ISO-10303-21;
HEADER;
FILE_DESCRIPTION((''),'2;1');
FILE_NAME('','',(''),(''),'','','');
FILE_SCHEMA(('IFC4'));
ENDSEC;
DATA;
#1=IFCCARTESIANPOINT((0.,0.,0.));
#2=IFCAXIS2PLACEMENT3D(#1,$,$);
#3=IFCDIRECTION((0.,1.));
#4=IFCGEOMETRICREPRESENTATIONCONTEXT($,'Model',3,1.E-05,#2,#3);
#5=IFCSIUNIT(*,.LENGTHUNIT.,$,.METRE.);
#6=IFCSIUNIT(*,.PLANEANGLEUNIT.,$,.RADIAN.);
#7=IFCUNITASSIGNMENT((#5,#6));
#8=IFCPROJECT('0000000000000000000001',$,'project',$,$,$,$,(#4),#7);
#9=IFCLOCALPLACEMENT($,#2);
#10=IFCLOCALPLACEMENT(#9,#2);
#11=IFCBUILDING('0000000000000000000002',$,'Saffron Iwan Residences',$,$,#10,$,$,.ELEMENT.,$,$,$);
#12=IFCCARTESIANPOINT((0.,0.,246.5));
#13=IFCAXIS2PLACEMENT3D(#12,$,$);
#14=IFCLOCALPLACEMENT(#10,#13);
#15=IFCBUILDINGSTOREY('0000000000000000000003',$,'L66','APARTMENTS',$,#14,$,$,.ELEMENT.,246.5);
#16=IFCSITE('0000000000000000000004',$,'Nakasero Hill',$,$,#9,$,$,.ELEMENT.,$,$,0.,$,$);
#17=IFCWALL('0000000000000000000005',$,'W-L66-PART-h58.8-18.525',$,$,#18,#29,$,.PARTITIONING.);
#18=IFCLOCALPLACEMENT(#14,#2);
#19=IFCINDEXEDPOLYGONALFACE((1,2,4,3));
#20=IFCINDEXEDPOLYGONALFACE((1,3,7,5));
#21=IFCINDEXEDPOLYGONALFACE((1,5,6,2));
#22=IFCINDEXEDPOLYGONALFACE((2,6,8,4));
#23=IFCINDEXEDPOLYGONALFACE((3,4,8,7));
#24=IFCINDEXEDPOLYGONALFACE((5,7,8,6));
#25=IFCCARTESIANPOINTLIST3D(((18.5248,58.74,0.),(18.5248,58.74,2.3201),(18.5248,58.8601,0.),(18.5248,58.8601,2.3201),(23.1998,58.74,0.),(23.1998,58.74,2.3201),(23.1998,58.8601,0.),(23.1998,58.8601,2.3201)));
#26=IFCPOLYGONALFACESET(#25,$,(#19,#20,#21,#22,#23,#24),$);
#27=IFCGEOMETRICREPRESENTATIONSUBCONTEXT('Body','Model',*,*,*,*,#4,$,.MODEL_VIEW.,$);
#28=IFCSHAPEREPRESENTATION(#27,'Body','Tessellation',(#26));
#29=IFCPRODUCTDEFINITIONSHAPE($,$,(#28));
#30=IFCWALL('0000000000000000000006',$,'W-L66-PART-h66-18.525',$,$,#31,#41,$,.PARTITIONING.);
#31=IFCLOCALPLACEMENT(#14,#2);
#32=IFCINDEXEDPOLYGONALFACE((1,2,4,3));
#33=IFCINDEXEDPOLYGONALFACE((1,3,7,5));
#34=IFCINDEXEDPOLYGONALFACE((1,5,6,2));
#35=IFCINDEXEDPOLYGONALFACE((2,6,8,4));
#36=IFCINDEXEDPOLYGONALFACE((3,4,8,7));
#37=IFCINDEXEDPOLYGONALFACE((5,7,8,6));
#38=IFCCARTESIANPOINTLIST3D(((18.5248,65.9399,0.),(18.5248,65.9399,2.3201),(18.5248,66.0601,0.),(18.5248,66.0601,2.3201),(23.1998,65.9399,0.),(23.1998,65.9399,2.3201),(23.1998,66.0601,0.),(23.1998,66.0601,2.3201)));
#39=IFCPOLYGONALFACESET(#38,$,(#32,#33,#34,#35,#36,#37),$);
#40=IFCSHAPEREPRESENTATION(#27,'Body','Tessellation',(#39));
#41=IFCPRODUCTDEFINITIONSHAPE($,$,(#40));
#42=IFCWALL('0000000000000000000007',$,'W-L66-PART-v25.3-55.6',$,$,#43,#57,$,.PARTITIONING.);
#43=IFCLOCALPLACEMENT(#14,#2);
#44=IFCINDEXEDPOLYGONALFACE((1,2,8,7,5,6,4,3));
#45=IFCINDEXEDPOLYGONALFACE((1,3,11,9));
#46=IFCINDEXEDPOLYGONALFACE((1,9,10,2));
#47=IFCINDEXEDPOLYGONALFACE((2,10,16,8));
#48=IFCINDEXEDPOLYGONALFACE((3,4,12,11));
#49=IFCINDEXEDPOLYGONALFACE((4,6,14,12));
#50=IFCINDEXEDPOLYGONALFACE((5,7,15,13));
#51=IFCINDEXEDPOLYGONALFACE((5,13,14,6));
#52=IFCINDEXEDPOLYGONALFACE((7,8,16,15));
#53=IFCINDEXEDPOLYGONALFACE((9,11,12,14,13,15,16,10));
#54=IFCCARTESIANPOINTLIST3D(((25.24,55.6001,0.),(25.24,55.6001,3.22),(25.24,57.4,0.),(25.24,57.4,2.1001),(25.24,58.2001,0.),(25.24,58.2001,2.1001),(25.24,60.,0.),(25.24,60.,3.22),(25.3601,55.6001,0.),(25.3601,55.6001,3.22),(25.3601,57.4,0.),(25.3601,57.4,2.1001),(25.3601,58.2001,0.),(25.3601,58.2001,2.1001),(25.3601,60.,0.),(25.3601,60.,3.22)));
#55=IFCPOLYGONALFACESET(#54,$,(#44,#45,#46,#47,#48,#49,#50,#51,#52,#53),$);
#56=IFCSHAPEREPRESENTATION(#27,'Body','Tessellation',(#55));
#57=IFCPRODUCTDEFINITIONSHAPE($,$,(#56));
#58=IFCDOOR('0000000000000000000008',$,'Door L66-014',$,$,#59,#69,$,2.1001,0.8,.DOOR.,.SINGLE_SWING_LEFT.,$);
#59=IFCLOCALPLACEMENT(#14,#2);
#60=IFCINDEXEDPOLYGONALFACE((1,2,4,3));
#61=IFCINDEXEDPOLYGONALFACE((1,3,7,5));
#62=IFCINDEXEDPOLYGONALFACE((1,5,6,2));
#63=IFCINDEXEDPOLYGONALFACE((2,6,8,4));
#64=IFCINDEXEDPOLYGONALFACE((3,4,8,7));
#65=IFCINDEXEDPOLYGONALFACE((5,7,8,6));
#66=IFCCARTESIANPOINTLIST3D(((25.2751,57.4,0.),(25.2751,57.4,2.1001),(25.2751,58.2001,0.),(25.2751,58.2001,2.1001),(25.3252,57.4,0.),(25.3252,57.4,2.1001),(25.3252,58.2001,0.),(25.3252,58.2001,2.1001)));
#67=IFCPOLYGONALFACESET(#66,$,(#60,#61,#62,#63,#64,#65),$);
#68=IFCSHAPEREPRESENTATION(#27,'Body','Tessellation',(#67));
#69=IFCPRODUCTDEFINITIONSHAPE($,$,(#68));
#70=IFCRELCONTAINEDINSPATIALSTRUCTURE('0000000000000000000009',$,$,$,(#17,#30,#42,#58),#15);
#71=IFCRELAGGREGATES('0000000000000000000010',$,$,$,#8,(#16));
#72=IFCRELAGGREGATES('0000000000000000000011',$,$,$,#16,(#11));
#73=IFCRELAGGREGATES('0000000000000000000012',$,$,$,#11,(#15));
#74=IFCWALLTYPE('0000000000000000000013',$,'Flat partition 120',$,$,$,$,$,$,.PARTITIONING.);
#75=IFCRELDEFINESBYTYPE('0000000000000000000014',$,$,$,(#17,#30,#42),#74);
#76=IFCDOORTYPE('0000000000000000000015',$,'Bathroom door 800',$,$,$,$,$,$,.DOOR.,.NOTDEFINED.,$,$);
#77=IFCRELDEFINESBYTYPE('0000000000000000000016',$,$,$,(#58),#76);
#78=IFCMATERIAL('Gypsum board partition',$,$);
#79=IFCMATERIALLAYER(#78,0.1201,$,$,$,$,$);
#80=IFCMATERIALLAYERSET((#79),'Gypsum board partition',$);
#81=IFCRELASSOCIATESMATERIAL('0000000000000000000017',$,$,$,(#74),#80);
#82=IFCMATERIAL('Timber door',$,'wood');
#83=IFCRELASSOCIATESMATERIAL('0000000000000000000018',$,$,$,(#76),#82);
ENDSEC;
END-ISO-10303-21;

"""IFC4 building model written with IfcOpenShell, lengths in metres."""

from ifc_helpers import new_model, si_unit, direction, frame, frame_2d, origin, place, context, subcontext, project, spatial, rectangle, extrude, material, layer, layer_set, type_object, element, fill, save


model = new_model("IFC4")

# Units and contexts
model_context = context("Model", 3, precision=1e-05, world=origin(), true_north=direction((0.0, 1.0)))
body_context = subcontext(model_context, "Body", "Model", "MODEL_VIEW")
ifc_project = project(units=[si_unit("LENGTHUNIT", "METRE"), si_unit("PLANEANGLEUNIT", "RADIAN")], contexts=[model_context])

# Site, building, storey
site_placement = place(None, origin())
site = spatial("IfcSite", under=ifc_project, at=site_placement, Name="Nakasero Hill", CompositionType="ELEMENT", RefElevation=0.0)
building_placement = place(site_placement, origin())
building = spatial("IfcBuilding", under=site, at=building_placement, Name="Saffron Iwan Residences", CompositionType="ELEMENT")
storey_placement = place(building_placement, frame((0.0, 0.0, 246.5)))
storey = spatial("IfcBuildingStorey", under=building, at=storey_placement, Name="L66", Description="APARTMENTS", CompositionType="ELEMENT", Elevation=246.5)

# Shared definitions
ifc_material_1 = material(Name="Gypsum board partition")
ifc_layer_1 = layer(ifc_material_1, 0.1201)
ifc_layer_set_1 = layer_set([ifc_layer_1], Name="Gypsum board partition")
wall_type_1 = type_object("IfcWallType", Name="Flat partition 120", PredefinedType="PARTITIONING", material=ifc_layer_set_1)

# Shared definitions
ifc_material_2 = material(Name="Timber door", Category="wood")

# Walls
for number, where, z_axis, x_axis, name in (
    (1, (18.5249, 58.8, 0.0), (0.0, 0.0, 1.0), (1.0, 0.0, 0.0), "W-L66-PART-h58.8-18.525"),
    (2, (18.5249, 66.0, 0.0), (0.0, 0.0, 1.0), (1.0, 0.0, 0.0), "W-L66-PART-h66-18.525"),
):
    element("IfcWall", number, at=place(storey_placement, frame(where, z_axis=z_axis, x_axis=x_axis)), inside=storey, type_object=wall_type_1, Name=name, PredefinedType="PARTITIONING", context=body_context, shape_type="SweptSolid", body=[
        extrude(rectangle(XDim=4.675, YDim=0.1201, at=frame_2d((2.3374, 0.0))), origin(), (0.0, 0.0, 1.0), 2.3201),
    ])

# Wall, opening, door
wall_1_placement = place(storey_placement, frame((25.3, 55.6001, 0.0), z_axis=(0.0, 0.0, 1.0), x_axis=(0.0, 1.0, 0.0)))
wall_1 = element("IfcWall", 3, at=wall_1_placement, inside=storey, type_object=wall_type_1, Name="W-L66-PART-v25.3-55.6", PredefinedType="PARTITIONING", context=body_context, shape_type="SweptSolid", body=[
    extrude(rectangle(XDim=4.3999, YDim=0.1201, at=frame_2d((2.2, 0.0))), origin(), (0.0, 0.0, 1.0), 3.22),
])
opening_1_placement = place(wall_1_placement, frame((1.8, 0.0, 0.0)))
opening_1 = element("IfcOpeningElement", 4, at=opening_1_placement, cuts=wall_1, PredefinedType="OPENING", context=body_context, shape_type="SweptSolid", body=[
    extrude(rectangle(XDim=0.8, YDim=2.1001, at=frame_2d((0.3999, 1.05))), frame((0.0, 0.0701, 0.0), z_axis=(0.0, -1.0, 0.0), x_axis=(1.0, 0.0, 0.0)), (0.0, 0.0, 1.0), 0.1401),
])
door_type_1 = type_object("IfcDoorType", Name="Bathroom door 800", OperationType="NOTDEFINED", PredefinedType="DOOR", material=ifc_material_2)
door_1_placement = place(opening_1_placement, origin())
door_1 = element("IfcDoor", 5, at=door_1_placement, inside=storey, type_object=door_type_1, Name="Door L66-014", OperationType="SINGLE_SWING_LEFT", OverallHeight=2.1001, OverallWidth=0.8, PredefinedType="DOOR", context=body_context, shape_type="SweptSolid", body=[
    extrude(rectangle(XDim=0.8, YDim=2.1001, at=frame_2d((0.3999, 1.05))), frame((0.0, 0.0249, 0.0), z_axis=(0.0, -1.0, 0.0), x_axis=(1.0, 0.0, 0.0)), (0.0, 0.0, 1.0), 0.05),
])
fill(opening_1, door_1)

save(model, "model.ifc")
